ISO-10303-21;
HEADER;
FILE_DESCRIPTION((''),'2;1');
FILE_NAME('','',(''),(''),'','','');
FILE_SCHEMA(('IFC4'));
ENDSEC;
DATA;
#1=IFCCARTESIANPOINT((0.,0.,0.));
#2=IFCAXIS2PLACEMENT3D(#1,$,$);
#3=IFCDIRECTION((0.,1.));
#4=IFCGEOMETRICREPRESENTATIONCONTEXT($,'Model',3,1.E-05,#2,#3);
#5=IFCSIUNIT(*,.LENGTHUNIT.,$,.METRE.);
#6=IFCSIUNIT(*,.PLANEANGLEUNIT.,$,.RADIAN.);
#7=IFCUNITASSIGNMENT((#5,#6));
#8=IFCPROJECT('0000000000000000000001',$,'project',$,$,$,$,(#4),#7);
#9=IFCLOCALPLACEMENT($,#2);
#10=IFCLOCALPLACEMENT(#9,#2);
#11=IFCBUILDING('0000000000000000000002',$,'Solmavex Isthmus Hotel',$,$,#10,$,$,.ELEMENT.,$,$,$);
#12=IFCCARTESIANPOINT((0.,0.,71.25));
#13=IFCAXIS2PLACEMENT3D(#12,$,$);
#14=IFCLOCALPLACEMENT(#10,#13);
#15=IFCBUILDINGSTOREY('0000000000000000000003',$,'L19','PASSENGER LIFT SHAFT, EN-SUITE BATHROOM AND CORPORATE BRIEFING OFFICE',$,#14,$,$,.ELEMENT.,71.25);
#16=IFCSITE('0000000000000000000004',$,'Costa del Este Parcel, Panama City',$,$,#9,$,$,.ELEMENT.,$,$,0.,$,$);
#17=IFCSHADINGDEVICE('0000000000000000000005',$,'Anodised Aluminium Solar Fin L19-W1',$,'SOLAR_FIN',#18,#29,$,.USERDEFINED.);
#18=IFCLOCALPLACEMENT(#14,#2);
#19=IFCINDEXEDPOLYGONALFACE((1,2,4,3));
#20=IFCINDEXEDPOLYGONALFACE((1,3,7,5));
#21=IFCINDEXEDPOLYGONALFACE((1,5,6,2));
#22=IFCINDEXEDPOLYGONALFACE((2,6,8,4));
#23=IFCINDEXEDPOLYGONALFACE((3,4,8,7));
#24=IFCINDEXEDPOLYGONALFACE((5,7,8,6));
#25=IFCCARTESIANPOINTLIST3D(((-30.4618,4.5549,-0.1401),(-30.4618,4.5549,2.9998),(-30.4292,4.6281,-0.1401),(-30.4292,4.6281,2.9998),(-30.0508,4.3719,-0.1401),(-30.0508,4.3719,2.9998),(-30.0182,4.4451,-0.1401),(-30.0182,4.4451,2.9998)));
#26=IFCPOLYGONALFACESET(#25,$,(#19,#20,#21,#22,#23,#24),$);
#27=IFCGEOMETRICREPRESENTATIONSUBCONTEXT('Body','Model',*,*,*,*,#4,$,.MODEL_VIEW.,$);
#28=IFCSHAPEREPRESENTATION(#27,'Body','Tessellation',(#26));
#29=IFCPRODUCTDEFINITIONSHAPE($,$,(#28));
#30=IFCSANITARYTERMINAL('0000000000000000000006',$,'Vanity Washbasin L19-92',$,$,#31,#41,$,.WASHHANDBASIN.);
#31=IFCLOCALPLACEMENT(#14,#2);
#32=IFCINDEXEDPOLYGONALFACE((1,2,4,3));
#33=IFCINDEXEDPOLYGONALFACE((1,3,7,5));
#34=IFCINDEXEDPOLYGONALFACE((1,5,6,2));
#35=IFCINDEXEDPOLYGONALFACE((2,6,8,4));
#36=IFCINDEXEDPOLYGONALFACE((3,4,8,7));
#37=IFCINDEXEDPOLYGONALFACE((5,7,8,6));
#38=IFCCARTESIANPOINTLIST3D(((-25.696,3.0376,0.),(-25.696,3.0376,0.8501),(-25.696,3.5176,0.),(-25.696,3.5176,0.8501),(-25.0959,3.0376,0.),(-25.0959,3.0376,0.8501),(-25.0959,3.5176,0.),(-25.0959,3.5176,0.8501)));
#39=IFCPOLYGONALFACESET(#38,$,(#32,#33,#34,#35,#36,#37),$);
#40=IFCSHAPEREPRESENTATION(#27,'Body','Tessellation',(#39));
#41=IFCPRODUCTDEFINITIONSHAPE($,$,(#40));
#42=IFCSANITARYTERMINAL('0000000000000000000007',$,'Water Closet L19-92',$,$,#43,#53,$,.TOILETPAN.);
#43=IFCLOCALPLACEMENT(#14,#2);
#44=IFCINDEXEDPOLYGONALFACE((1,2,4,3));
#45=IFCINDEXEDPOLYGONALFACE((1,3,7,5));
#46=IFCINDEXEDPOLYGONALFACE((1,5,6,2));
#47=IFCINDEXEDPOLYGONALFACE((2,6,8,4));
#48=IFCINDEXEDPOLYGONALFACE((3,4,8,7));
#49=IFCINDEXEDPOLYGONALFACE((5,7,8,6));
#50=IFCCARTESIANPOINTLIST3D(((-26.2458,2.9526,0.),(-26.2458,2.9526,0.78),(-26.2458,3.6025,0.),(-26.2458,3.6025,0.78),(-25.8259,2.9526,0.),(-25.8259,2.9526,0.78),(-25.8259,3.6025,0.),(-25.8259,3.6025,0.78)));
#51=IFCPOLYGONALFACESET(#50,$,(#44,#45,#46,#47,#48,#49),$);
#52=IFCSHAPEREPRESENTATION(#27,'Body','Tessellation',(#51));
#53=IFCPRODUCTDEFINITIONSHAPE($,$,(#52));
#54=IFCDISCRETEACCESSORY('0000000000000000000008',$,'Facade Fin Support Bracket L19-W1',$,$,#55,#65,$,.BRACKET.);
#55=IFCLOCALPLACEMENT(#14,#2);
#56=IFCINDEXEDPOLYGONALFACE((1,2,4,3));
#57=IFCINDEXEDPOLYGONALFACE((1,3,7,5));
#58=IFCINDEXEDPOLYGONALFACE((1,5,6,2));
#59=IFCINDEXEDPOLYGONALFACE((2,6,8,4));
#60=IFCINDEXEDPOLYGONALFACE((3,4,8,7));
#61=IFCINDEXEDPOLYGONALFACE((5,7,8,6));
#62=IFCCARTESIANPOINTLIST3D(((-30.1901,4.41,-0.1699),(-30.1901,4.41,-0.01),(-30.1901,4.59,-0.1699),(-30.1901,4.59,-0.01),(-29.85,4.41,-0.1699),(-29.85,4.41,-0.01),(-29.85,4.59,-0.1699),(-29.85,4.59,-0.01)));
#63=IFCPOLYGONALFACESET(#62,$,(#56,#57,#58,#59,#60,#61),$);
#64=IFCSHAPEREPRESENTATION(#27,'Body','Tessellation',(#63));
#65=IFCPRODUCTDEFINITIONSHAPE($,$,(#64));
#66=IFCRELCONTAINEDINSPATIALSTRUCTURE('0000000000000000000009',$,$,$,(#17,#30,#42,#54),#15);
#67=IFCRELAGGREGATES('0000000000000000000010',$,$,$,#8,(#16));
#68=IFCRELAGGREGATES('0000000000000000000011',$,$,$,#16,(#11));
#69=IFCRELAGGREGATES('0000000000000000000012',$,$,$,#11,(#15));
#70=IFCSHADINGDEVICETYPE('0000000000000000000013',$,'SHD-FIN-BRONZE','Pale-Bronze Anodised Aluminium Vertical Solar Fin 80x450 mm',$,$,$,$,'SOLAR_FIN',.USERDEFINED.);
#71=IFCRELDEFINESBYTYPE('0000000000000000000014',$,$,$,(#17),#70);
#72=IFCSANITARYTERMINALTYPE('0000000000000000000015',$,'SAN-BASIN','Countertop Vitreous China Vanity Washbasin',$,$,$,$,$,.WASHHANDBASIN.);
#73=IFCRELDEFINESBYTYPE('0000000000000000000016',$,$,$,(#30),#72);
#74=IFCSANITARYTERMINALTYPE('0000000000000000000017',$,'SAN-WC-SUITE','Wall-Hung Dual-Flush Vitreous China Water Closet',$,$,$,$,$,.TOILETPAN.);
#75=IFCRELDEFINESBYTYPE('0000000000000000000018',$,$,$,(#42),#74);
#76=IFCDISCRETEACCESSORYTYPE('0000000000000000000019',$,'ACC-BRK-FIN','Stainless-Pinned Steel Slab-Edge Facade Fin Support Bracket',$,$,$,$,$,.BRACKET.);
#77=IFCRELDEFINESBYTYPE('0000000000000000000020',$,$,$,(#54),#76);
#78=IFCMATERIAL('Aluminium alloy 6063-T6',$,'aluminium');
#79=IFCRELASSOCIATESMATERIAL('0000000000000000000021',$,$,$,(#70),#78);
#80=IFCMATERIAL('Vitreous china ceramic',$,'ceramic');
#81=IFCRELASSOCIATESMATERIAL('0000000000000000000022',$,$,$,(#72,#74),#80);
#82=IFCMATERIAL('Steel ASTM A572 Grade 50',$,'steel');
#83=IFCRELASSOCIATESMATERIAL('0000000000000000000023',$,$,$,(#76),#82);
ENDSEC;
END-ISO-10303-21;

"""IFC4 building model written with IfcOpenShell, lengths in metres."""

from ifc_helpers import new_model, si_unit, direction, frame, origin, origin_2d, place, context, subcontext, project, spatial, rectangle, extrude, material, type_object, element, save


model = new_model("IFC4")

# Units and contexts
model_context = context("Model", 3, precision=1e-05, world=origin(), true_north=direction((0.0, 1.0)))
body_context = subcontext(model_context, "Body", "Model", "MODEL_VIEW")
ifc_project = project(units=[si_unit("LENGTHUNIT", "METRE"), si_unit("PLANEANGLEUNIT", "RADIAN")], contexts=[model_context])

# Site, building, storey
site_placement = place(None, origin())
site = spatial("IfcSite", under=ifc_project, at=site_placement, Name="Costa del Este Parcel, Panama City", CompositionType="ELEMENT", RefElevation=0.0)
building_placement = place(site_placement, origin())
building = spatial("IfcBuilding", under=site, at=building_placement, Name="Solmavex Isthmus Hotel", CompositionType="ELEMENT")
storey_placement = place(building_placement, frame((0.0, 0.0, 71.25)))
storey = spatial("IfcBuildingStorey", under=building, at=storey_placement, Name="L19", Description="PASSENGER LIFT SHAFT, EN-SUITE BATHROOM AND CORPORATE BRIEFING OFFICE", CompositionType="ELEMENT", Elevation=71.25)

# Shared definitions
ifc_material_1 = material(Name="Aluminium alloy 6063-T6", Category="aluminium")

# Shading device
shading_device_type = type_object("IfcShadingDeviceType", Name="SHD-FIN-BRONZE", Description="Pale-Bronze Anodised Aluminium Vertical Solar Fin 80x450 mm", ElementType="SOLAR_FIN", PredefinedType="USERDEFINED", material=ifc_material_1)
shading_device_placement = place(storey_placement, frame((-30.24, 4.5, -0.1401), z_axis=(0.0, 0.0, 1.0), x_axis=(-0.913545, 0.406737, 0.0)))
element("IfcShadingDevice", 1, at=shading_device_placement, inside=storey, type_object=shading_device_type, Name="Anodised Aluminium Solar Fin L19-W1", ObjectType="SOLAR_FIN", PredefinedType="USERDEFINED", context=body_context, shape_type="SweptSolid", body=[
    extrude(rectangle(XDim=0.45, YDim=0.0801, at=origin_2d()), origin(), (0.0, 0.0, 1.0), 3.1399),
])

# Sanitary terminals
ifc_material_2 = material(Name="Vitreous china ceramic", Category="ceramic")
sanitary_terminal_type_1 = type_object("IfcSanitaryTerminalType", Name="SAN-BASIN", Description="Countertop Vitreous China Vanity Washbasin", PredefinedType="WASHHANDBASIN", material=ifc_material_2)
sanitary_terminal_1_placement = place(storey_placement, frame((-25.396, 3.2776, 0.0), z_axis=(0.0, 0.0, 1.0), x_axis=(1.0, 0.0, 0.0)))
element("IfcSanitaryTerminal", 2, at=sanitary_terminal_1_placement, inside=storey, type_object=sanitary_terminal_type_1, Name="Vanity Washbasin L19-92", PredefinedType="WASHHANDBASIN", context=body_context, shape_type="SweptSolid", body=[
    extrude(rectangle(XDim=0.6001, YDim=0.48, at=origin_2d()), origin(), (0.0, 0.0, 1.0), 0.8501),
])
sanitary_terminal_type_2 = type_object("IfcSanitaryTerminalType", Name="SAN-WC-SUITE", Description="Wall-Hung Dual-Flush Vitreous China Water Closet", PredefinedType="TOILETPAN", material=ifc_material_2)
sanitary_terminal_2_placement = place(storey_placement, frame((-26.0359, 3.2776, 0.0), z_axis=(0.0, 0.0, 1.0), x_axis=(1.0, 0.0, 0.0)))
element("IfcSanitaryTerminal", 3, at=sanitary_terminal_2_placement, inside=storey, type_object=sanitary_terminal_type_2, Name="Water Closet L19-92", PredefinedType="TOILETPAN", context=body_context, shape_type="SweptSolid", body=[
    extrude(rectangle(XDim=0.4199, YDim=0.6499, at=origin_2d()), origin(), (0.0, 0.0, 1.0), 0.78),
])

# Discrete accessory
ifc_material_3 = material(Name="Steel ASTM A572 Grade 50", Category="steel")
discrete_accessory_type = type_object("IfcDiscreteAccessoryType", Name="ACC-BRK-FIN", Description="Stainless-Pinned Steel Slab-Edge Facade Fin Support Bracket", PredefinedType="BRACKET", material=ifc_material_3)
discrete_accessory_placement = place(storey_placement, frame((-30.02, 4.5, -0.1699), z_axis=(0.0, 0.0, 1.0), x_axis=(-1.0, 0.0, 0.0)))
element("IfcDiscreteAccessory", 4, at=discrete_accessory_placement, inside=storey, type_object=discrete_accessory_type, Name="Facade Fin Support Bracket L19-W1", PredefinedType="BRACKET", context=body_context, shape_type="SweptSolid", body=[
    extrude(rectangle(XDim=0.3401, YDim=0.1799, at=origin_2d()), origin(), (0.0, 0.0, 1.0), 0.1599),
])

save(model, "model.ifc")
